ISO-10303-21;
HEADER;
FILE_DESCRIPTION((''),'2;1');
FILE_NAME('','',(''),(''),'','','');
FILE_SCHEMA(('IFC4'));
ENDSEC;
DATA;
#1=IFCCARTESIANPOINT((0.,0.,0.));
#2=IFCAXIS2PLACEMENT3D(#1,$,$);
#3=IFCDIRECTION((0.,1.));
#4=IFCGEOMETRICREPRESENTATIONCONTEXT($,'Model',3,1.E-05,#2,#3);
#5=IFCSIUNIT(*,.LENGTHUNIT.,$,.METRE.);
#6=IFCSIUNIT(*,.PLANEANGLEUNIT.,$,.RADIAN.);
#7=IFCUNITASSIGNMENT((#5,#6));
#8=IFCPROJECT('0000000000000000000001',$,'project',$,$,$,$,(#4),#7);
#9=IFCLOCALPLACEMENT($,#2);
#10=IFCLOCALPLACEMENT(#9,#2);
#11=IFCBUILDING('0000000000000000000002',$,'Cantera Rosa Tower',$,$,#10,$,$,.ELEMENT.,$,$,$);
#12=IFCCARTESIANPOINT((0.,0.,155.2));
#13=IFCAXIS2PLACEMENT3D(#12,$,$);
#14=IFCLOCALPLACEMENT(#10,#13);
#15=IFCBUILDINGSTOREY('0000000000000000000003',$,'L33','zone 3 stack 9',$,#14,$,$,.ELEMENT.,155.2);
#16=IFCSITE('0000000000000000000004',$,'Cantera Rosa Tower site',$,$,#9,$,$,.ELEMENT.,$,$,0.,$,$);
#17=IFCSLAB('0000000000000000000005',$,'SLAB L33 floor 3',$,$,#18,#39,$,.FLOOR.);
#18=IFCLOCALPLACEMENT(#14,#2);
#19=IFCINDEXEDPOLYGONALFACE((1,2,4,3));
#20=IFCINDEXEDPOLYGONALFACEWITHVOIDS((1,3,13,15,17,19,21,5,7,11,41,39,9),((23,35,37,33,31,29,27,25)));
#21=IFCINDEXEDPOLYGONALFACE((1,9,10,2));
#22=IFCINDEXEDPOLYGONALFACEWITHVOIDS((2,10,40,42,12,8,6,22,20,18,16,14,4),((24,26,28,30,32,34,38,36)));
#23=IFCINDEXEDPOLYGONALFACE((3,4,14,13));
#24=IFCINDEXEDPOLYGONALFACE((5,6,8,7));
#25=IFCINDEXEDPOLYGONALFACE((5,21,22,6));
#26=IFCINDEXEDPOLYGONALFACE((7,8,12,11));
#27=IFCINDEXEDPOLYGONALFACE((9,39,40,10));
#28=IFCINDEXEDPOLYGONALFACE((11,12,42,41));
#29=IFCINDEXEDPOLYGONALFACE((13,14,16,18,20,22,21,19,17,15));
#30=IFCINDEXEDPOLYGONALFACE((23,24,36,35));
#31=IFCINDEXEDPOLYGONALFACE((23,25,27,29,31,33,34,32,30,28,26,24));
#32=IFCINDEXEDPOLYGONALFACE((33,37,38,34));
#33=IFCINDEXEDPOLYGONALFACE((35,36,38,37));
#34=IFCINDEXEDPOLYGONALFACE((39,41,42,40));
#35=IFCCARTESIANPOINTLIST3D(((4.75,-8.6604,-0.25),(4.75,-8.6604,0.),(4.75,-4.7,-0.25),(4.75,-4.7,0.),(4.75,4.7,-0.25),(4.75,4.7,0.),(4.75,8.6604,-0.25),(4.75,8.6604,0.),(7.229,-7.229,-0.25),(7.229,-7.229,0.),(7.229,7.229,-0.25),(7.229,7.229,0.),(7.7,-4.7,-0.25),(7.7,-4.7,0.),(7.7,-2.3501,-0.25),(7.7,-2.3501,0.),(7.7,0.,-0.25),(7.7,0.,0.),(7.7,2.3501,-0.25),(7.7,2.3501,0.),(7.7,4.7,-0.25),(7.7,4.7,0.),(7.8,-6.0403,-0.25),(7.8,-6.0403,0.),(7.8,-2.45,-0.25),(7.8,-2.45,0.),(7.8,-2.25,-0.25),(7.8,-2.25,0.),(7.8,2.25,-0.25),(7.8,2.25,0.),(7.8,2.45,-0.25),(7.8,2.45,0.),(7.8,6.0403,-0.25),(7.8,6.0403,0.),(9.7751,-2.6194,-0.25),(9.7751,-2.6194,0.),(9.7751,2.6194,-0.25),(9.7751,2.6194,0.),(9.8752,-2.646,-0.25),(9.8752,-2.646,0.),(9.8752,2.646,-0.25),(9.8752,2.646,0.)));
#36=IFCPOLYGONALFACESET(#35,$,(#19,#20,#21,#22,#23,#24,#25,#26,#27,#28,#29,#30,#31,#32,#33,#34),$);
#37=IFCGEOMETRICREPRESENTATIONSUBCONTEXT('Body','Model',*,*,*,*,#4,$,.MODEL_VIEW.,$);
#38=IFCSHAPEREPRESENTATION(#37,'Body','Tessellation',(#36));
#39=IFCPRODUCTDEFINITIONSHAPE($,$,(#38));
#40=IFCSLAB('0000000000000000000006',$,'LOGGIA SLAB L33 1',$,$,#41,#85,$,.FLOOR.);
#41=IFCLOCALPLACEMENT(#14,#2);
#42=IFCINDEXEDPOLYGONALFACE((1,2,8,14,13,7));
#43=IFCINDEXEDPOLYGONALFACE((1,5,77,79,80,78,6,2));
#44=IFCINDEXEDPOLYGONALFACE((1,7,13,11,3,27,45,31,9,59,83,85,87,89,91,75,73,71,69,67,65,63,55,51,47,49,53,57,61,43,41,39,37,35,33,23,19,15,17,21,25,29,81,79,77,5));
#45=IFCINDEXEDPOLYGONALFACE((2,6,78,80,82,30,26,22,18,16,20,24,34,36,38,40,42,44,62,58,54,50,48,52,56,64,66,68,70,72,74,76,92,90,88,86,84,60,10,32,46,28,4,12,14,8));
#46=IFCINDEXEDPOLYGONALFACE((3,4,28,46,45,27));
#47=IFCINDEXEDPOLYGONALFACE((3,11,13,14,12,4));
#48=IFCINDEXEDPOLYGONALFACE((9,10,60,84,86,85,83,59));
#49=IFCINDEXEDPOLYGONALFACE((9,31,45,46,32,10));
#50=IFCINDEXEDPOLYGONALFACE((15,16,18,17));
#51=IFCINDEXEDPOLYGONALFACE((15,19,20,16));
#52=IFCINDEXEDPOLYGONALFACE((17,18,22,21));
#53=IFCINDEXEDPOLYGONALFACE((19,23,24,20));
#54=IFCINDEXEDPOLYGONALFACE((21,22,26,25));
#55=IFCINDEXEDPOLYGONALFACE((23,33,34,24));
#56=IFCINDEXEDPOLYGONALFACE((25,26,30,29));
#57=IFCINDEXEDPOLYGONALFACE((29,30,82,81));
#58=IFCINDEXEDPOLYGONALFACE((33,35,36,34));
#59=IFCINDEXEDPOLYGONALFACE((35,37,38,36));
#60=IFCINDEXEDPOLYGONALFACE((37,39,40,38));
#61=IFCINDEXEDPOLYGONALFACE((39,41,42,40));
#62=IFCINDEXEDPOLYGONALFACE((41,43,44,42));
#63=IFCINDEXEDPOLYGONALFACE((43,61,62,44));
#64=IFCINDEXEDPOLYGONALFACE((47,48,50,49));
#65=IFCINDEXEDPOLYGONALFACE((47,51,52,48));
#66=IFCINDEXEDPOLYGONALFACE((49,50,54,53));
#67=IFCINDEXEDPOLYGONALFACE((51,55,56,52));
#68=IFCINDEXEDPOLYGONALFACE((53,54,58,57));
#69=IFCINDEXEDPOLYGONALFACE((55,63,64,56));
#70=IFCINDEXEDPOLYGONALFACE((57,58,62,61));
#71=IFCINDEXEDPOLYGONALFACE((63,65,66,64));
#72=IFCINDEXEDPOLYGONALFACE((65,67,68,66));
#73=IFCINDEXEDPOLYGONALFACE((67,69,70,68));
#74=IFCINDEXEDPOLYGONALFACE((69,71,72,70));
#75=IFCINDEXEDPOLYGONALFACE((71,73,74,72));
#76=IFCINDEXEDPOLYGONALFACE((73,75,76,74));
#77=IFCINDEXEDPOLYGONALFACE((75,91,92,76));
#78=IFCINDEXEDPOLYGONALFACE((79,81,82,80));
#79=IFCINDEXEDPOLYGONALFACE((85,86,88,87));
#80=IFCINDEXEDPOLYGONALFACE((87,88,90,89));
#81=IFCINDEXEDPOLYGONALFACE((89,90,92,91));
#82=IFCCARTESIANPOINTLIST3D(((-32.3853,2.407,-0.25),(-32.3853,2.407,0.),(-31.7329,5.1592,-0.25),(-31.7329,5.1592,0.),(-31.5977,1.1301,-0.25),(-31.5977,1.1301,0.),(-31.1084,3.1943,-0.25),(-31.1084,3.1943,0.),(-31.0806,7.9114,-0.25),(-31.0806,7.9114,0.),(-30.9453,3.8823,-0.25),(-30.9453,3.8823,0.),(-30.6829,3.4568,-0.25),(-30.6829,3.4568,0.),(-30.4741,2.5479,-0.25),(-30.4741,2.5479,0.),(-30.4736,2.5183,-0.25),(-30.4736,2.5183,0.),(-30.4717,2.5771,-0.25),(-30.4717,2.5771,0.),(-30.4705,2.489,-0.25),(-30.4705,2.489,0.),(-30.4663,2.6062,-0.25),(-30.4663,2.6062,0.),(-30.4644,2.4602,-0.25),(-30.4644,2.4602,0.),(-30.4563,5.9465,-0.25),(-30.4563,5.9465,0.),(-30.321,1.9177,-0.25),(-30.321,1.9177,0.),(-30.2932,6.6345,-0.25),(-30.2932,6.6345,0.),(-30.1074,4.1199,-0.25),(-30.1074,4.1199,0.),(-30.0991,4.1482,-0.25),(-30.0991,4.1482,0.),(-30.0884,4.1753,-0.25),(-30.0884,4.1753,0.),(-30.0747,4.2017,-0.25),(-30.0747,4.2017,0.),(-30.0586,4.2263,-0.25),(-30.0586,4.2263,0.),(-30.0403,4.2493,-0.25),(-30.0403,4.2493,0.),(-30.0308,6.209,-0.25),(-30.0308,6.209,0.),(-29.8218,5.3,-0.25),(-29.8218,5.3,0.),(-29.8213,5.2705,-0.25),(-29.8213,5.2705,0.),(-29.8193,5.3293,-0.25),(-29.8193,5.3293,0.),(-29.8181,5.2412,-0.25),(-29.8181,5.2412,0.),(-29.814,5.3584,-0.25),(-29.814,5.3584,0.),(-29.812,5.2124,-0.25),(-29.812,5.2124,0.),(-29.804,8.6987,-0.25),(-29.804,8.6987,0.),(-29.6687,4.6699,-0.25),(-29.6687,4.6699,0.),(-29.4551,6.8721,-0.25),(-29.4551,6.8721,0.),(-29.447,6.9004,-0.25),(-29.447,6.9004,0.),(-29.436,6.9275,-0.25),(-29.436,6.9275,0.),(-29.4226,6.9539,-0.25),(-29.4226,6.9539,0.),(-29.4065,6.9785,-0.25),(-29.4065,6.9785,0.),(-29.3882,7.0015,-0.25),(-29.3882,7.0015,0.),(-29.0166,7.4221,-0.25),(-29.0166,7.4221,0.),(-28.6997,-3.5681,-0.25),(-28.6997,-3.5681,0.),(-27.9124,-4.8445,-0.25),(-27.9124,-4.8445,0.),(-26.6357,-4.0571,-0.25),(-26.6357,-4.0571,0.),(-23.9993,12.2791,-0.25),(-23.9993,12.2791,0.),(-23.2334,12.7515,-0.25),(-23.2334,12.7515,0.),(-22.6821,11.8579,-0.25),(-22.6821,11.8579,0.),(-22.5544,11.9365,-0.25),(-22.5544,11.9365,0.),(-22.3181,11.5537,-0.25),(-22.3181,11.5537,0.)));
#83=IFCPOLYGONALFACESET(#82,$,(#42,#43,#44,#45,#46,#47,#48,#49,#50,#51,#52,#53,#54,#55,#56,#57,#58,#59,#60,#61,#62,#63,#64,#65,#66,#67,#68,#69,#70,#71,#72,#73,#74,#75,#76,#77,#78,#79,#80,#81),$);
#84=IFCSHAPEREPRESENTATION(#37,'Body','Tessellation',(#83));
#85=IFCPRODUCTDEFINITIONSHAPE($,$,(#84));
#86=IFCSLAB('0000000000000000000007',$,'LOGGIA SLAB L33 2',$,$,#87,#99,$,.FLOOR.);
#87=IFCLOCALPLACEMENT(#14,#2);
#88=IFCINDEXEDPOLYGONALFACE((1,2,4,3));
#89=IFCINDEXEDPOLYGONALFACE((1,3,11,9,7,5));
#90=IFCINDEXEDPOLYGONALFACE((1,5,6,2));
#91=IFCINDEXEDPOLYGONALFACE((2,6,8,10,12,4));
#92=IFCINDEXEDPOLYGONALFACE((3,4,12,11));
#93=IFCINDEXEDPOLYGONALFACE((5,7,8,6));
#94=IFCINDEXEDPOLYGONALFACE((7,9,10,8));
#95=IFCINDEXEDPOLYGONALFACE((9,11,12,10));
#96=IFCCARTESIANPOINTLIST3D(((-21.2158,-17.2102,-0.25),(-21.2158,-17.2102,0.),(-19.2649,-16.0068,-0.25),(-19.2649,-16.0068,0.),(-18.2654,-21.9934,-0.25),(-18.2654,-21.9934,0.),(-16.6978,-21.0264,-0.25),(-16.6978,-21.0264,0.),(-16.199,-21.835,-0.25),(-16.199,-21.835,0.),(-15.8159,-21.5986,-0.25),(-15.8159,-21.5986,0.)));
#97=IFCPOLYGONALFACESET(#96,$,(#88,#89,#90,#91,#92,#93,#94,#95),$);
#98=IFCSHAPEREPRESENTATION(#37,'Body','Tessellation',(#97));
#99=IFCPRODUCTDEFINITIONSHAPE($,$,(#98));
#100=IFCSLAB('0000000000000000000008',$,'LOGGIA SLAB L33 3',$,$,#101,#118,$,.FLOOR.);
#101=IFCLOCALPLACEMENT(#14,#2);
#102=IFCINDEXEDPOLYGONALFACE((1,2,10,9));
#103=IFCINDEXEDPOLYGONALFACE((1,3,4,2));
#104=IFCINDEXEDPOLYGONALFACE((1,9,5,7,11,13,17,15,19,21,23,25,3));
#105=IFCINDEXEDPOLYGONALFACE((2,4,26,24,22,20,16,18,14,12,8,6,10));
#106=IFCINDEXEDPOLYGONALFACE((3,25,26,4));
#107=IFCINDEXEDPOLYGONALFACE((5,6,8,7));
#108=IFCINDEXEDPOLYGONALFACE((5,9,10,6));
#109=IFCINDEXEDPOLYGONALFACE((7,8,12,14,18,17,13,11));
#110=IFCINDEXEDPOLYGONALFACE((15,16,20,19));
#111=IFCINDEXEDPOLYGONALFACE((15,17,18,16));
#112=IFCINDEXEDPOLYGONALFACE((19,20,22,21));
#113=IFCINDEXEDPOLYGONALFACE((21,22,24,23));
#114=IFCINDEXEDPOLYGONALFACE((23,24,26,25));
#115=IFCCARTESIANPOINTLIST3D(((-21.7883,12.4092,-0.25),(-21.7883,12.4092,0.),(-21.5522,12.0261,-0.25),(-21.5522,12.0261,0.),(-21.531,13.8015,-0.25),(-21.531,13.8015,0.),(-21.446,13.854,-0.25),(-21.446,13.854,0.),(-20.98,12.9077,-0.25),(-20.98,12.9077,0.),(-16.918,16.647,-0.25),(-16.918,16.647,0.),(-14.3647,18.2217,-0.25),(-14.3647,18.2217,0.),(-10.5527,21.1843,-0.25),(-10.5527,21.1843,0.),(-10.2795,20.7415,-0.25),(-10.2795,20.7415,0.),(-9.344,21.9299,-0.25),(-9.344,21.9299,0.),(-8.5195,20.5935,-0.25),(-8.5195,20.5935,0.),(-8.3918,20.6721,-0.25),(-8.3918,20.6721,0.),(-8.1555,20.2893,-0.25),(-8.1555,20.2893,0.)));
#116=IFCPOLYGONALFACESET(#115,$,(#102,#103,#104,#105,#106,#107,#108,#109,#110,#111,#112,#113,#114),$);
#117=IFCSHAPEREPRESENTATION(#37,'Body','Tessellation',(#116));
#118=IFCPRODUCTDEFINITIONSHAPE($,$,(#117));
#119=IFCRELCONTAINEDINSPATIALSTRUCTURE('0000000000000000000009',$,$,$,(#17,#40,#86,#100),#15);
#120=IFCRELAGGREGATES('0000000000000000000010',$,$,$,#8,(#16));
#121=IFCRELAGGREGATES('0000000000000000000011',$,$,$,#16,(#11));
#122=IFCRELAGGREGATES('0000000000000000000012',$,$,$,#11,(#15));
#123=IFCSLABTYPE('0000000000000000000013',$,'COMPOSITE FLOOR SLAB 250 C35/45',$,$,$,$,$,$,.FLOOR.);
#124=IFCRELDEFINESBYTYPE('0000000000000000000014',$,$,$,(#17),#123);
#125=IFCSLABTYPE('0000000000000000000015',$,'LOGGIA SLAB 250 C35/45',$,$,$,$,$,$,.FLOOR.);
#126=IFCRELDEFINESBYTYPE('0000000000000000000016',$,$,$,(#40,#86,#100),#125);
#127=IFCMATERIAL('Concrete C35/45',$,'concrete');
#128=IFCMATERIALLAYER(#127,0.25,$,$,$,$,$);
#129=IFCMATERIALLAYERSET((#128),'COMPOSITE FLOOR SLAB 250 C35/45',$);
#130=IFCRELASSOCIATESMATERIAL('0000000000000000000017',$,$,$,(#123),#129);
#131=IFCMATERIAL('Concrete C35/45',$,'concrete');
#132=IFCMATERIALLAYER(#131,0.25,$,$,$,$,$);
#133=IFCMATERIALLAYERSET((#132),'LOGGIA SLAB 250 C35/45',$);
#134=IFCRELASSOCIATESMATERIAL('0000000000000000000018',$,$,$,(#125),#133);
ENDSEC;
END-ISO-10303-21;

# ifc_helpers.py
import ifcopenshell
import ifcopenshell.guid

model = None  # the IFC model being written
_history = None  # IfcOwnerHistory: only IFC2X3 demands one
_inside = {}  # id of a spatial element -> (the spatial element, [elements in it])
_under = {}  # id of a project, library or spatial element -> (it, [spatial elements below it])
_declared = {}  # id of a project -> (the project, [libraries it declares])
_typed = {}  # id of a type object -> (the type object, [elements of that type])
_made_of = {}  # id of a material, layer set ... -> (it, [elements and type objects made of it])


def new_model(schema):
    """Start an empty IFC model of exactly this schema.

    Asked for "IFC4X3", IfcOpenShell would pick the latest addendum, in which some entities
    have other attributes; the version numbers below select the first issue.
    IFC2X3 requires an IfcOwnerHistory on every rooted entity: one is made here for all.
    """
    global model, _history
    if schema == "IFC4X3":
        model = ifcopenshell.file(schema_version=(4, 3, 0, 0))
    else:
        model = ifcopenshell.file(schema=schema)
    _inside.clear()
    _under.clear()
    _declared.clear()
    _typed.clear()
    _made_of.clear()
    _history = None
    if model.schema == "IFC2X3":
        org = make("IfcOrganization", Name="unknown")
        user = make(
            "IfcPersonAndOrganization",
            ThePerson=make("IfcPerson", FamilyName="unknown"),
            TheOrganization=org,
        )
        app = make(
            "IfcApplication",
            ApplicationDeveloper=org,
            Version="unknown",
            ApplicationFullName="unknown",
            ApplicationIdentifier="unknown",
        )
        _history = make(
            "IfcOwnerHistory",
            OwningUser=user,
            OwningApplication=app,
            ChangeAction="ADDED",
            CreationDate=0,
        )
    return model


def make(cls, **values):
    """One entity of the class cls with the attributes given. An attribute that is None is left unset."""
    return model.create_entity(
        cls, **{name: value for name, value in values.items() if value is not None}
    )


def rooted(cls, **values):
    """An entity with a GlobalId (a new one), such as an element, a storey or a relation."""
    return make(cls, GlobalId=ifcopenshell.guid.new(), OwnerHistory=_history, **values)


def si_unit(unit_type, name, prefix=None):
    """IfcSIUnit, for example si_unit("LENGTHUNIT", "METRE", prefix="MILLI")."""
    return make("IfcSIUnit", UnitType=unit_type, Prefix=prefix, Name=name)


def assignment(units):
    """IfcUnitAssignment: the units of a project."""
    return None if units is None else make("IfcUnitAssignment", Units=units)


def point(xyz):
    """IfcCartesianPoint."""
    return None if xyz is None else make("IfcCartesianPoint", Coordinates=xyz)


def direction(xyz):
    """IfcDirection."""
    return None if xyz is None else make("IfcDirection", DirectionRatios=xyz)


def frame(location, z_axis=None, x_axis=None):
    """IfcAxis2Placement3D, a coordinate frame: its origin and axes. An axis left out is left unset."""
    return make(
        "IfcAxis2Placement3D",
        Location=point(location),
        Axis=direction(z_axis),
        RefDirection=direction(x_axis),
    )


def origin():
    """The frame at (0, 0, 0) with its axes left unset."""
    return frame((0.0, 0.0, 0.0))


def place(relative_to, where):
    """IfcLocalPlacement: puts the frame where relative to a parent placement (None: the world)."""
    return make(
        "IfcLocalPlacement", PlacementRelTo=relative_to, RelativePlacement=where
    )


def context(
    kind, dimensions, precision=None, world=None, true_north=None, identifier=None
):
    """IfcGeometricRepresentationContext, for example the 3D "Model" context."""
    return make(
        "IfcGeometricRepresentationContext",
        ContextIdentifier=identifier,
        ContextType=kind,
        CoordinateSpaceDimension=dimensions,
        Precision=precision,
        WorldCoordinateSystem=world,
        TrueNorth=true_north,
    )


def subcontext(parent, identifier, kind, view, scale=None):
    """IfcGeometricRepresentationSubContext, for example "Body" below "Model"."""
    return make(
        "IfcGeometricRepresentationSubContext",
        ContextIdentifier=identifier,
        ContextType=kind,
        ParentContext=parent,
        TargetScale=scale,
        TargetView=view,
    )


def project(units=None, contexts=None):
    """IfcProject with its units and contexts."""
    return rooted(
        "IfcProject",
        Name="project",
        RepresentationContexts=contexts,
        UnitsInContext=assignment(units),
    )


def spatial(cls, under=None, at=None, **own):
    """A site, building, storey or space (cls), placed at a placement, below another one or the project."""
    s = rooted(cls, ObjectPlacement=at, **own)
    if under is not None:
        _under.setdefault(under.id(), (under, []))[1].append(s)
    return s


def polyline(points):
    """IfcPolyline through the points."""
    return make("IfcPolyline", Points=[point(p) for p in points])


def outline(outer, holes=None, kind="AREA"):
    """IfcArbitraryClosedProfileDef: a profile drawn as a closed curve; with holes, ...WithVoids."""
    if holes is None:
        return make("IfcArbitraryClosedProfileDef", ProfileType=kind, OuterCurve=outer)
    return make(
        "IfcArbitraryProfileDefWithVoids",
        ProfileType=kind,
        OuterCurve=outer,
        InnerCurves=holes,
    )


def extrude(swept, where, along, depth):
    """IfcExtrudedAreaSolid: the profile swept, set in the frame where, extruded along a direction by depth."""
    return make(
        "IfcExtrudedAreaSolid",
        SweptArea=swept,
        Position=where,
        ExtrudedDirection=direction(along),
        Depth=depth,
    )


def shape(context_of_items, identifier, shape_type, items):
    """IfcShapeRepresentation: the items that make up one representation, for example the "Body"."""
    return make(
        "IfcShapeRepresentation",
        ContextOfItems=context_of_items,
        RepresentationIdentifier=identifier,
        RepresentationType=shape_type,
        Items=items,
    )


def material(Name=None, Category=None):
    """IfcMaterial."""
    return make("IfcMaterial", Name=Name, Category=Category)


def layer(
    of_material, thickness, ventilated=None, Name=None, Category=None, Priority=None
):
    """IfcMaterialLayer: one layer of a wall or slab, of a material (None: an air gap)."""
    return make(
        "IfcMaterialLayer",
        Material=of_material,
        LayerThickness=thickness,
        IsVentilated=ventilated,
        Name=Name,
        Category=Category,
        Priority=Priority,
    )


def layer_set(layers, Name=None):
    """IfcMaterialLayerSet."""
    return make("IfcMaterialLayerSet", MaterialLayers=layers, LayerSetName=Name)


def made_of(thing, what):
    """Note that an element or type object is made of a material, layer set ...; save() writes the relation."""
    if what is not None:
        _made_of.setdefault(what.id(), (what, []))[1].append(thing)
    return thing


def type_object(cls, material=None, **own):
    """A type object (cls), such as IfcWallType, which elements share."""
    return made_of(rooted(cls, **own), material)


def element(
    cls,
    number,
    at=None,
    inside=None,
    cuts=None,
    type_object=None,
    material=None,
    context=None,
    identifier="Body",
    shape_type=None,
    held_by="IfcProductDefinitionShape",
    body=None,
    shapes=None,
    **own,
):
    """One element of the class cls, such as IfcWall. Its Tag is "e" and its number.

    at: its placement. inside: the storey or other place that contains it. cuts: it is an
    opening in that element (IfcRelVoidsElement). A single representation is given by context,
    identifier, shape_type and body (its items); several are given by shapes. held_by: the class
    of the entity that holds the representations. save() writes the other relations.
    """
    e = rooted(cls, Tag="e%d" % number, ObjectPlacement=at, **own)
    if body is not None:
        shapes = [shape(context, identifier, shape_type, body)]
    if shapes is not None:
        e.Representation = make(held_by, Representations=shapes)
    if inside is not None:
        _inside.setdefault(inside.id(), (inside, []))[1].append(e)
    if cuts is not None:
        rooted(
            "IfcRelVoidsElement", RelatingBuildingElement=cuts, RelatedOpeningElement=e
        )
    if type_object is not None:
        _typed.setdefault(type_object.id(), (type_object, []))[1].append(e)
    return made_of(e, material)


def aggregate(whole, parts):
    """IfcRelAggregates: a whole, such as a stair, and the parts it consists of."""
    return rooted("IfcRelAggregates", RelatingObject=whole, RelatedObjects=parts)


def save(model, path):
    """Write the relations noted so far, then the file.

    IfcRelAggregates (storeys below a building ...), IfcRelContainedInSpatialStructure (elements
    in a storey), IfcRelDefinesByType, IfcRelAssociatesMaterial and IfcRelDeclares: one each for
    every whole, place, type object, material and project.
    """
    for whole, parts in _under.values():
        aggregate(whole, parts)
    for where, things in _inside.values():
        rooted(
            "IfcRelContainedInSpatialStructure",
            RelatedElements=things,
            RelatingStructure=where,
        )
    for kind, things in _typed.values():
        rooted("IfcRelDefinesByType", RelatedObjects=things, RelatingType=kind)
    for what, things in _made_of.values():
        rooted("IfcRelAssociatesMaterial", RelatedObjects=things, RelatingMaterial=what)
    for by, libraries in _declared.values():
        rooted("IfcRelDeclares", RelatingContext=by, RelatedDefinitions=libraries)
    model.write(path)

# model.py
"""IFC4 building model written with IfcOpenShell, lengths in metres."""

from ifc_helpers import new_model, si_unit, direction, frame, origin, place, context, subcontext, project, spatial, polyline, outline, extrude, material, layer, layer_set, type_object, element, save


model = new_model("IFC4")

# Units and contexts
model_context = context("Model", 3, precision=1e-05, world=origin(), true_north=direction((0.0, 1.0)))
body_context = subcontext(model_context, "Body", "Model", "MODEL_VIEW")
ifc_project = project(units=[si_unit("LENGTHUNIT", "METRE"), si_unit("PLANEANGLEUNIT", "RADIAN")], contexts=[model_context])

# Site, building, storey
site_placement = place(None, origin())
site = spatial("IfcSite", under=ifc_project, at=site_placement, Name="Cantera Rosa Tower site", CompositionType="ELEMENT", RefElevation=0.0)
building_placement = place(site_placement, origin())
building = spatial("IfcBuilding", under=site, at=building_placement, Name="Cantera Rosa Tower", CompositionType="ELEMENT")
storey_placement = place(building_placement, frame((0.0, 0.0, 155.2)))
storey = spatial("IfcBuildingStorey", under=building, at=storey_placement, Name="L33", Description="zone 3 stack 9", CompositionType="ELEMENT", Elevation=155.2)

# Slabs
ifc_material_1 = material(Name="Concrete C35/45", Category="concrete")
ifc_layer_1 = layer(ifc_material_1, 0.25)
ifc_layer_set_1 = layer_set([ifc_layer_1], Name="COMPOSITE FLOOR SLAB 250 C35/45")
slab_type_1 = type_object("IfcSlabType", Name="COMPOSITE FLOOR SLAB 250 C35/45", PredefinedType="FLOOR", material=ifc_layer_set_1)
slab_1_placement = place(storey_placement, frame((0.0, 0.0, -0.25)))
element("IfcSlab", 1, at=slab_1_placement, inside=storey, type_object=slab_type_1, Name="SLAB L33 floor 3", PredefinedType="FLOOR", context=body_context, shape_type="SweptSolid", body=[
    extrude(outline(polyline([(7.7, 0.0), (7.7, 2.3501), (7.7, 4.7), (4.75, 4.7), (4.75, 8.6604), (7.229, 7.229), (9.8752, 2.646), (9.8752, -2.646), (7.229, -7.229), (4.75, -8.6604), (4.75, -4.7), (7.7, -4.7), (7.7, -2.3501), (7.7, 0.0)]), holes=[polyline([(9.7751, 2.6194), (7.8, 6.0403), (7.8, 2.45), (7.8, 2.25), (7.8, -2.25), (7.8, -2.45), (7.8, -6.0403), (9.7751, -2.6194), (9.7751, 2.6194)])]), origin(), (0.0, 0.0, 1.0), 0.25),
])
ifc_material_2 = material(Name="Concrete C35/45", Category="concrete")
ifc_layer_2 = layer(ifc_material_2, 0.25)
ifc_layer_set_2 = layer_set([ifc_layer_2], Name="LOGGIA SLAB 250 C35/45")
slab_type_2 = type_object("IfcSlabType", Name="LOGGIA SLAB 250 C35/45", PredefinedType="FLOOR", material=ifc_layer_set_2)
slab_2_placement = place(storey_placement, frame((0.0, 0.0, -0.25)))
element("IfcSlab", 2, at=slab_2_placement, inside=storey, type_object=slab_type_2, Name="LOGGIA SLAB L33 1", PredefinedType="FLOOR", context=body_context, shape_type="SweptSolid", body=[
    extrude(outline(polyline([(-31.5977, 1.1301), (-32.3853, 2.407), (-31.1084, 3.1943), (-30.6829, 3.4568), (-30.9453, 3.8823), (-31.7329, 5.1592), (-30.4563, 5.9465), (-30.0308, 6.209), (-30.2932, 6.6345), (-31.0806, 7.9114), (-29.804, 8.6987), (-23.9993, 12.2791), (-23.2334, 12.7515), (-22.6821, 11.8579), (-22.5544, 11.9365), (-22.3181, 11.5537), (-29.0166, 7.4221), (-29.3882, 7.0015), (-29.4065, 6.9785), (-29.4226, 6.9539), (-29.436, 6.9275), (-29.447, 6.9004), (-29.4551, 6.8721), (-29.814, 5.3584), (-29.8193, 5.3293), (-29.8218, 5.3), (-29.8213, 5.2705), (-29.8181, 5.2412), (-29.812, 5.2124), (-29.6687, 4.6699), (-30.0403, 4.2493), (-30.0586, 4.2263), (-30.0747, 4.2017), (-30.0884, 4.1753), (-30.0991, 4.1482), (-30.1074, 4.1199), (-30.4663, 2.6062), (-30.4717, 2.5771), (-30.4741, 2.5479), (-30.4736, 2.5183), (-30.4705, 2.489), (-30.4644, 2.4602), (-30.321, 1.9177), (-26.6357, -4.0571), (-27.9124, -4.8445), (-28.6997, -3.5681), (-31.5977, 1.1301)])), origin(), (0.0, 0.0, 1.0), 0.25),
])
slab_3_placement = place(storey_placement, frame((0.0, 0.0, -0.25)))
element("IfcSlab", 3, at=slab_3_placement, inside=storey, type_object=slab_type_2, Name="LOGGIA SLAB L33 2", PredefinedType="FLOOR", context=body_context, shape_type="SweptSolid", body=[
    extrude(outline(polyline([(-16.199, -21.835), (-16.6978, -21.0264), (-18.2654, -21.9934), (-21.2158, -17.2102), (-19.2649, -16.0068), (-15.8159, -21.5986), (-16.199, -21.835)])), origin(), (0.0, 0.0, 1.0), 0.25),
])
slab_4_placement = place(storey_placement, frame((0.0, 0.0, -0.25)))
element("IfcSlab", 4, at=slab_4_placement, inside=storey, type_object=slab_type_2, Name="LOGGIA SLAB L33 3", PredefinedType="FLOOR", context=body_context, shape_type="SweptSolid", body=[
    extrude(outline(polyline([(-14.3647, 18.2217), (-10.2795, 20.7415), (-10.5527, 21.1843), (-9.344, 21.9299), (-8.5195, 20.5935), (-8.3918, 20.6721), (-8.1555, 20.2893), (-21.5522, 12.0261), (-21.7883, 12.4092), (-20.98, 12.9077), (-21.531, 13.8015), (-21.446, 13.854), (-16.918, 16.647), (-14.3647, 18.2217)])), origin(), (0.0, 0.0, 1.0), 0.25),
])

save(model, "model.ifc")
